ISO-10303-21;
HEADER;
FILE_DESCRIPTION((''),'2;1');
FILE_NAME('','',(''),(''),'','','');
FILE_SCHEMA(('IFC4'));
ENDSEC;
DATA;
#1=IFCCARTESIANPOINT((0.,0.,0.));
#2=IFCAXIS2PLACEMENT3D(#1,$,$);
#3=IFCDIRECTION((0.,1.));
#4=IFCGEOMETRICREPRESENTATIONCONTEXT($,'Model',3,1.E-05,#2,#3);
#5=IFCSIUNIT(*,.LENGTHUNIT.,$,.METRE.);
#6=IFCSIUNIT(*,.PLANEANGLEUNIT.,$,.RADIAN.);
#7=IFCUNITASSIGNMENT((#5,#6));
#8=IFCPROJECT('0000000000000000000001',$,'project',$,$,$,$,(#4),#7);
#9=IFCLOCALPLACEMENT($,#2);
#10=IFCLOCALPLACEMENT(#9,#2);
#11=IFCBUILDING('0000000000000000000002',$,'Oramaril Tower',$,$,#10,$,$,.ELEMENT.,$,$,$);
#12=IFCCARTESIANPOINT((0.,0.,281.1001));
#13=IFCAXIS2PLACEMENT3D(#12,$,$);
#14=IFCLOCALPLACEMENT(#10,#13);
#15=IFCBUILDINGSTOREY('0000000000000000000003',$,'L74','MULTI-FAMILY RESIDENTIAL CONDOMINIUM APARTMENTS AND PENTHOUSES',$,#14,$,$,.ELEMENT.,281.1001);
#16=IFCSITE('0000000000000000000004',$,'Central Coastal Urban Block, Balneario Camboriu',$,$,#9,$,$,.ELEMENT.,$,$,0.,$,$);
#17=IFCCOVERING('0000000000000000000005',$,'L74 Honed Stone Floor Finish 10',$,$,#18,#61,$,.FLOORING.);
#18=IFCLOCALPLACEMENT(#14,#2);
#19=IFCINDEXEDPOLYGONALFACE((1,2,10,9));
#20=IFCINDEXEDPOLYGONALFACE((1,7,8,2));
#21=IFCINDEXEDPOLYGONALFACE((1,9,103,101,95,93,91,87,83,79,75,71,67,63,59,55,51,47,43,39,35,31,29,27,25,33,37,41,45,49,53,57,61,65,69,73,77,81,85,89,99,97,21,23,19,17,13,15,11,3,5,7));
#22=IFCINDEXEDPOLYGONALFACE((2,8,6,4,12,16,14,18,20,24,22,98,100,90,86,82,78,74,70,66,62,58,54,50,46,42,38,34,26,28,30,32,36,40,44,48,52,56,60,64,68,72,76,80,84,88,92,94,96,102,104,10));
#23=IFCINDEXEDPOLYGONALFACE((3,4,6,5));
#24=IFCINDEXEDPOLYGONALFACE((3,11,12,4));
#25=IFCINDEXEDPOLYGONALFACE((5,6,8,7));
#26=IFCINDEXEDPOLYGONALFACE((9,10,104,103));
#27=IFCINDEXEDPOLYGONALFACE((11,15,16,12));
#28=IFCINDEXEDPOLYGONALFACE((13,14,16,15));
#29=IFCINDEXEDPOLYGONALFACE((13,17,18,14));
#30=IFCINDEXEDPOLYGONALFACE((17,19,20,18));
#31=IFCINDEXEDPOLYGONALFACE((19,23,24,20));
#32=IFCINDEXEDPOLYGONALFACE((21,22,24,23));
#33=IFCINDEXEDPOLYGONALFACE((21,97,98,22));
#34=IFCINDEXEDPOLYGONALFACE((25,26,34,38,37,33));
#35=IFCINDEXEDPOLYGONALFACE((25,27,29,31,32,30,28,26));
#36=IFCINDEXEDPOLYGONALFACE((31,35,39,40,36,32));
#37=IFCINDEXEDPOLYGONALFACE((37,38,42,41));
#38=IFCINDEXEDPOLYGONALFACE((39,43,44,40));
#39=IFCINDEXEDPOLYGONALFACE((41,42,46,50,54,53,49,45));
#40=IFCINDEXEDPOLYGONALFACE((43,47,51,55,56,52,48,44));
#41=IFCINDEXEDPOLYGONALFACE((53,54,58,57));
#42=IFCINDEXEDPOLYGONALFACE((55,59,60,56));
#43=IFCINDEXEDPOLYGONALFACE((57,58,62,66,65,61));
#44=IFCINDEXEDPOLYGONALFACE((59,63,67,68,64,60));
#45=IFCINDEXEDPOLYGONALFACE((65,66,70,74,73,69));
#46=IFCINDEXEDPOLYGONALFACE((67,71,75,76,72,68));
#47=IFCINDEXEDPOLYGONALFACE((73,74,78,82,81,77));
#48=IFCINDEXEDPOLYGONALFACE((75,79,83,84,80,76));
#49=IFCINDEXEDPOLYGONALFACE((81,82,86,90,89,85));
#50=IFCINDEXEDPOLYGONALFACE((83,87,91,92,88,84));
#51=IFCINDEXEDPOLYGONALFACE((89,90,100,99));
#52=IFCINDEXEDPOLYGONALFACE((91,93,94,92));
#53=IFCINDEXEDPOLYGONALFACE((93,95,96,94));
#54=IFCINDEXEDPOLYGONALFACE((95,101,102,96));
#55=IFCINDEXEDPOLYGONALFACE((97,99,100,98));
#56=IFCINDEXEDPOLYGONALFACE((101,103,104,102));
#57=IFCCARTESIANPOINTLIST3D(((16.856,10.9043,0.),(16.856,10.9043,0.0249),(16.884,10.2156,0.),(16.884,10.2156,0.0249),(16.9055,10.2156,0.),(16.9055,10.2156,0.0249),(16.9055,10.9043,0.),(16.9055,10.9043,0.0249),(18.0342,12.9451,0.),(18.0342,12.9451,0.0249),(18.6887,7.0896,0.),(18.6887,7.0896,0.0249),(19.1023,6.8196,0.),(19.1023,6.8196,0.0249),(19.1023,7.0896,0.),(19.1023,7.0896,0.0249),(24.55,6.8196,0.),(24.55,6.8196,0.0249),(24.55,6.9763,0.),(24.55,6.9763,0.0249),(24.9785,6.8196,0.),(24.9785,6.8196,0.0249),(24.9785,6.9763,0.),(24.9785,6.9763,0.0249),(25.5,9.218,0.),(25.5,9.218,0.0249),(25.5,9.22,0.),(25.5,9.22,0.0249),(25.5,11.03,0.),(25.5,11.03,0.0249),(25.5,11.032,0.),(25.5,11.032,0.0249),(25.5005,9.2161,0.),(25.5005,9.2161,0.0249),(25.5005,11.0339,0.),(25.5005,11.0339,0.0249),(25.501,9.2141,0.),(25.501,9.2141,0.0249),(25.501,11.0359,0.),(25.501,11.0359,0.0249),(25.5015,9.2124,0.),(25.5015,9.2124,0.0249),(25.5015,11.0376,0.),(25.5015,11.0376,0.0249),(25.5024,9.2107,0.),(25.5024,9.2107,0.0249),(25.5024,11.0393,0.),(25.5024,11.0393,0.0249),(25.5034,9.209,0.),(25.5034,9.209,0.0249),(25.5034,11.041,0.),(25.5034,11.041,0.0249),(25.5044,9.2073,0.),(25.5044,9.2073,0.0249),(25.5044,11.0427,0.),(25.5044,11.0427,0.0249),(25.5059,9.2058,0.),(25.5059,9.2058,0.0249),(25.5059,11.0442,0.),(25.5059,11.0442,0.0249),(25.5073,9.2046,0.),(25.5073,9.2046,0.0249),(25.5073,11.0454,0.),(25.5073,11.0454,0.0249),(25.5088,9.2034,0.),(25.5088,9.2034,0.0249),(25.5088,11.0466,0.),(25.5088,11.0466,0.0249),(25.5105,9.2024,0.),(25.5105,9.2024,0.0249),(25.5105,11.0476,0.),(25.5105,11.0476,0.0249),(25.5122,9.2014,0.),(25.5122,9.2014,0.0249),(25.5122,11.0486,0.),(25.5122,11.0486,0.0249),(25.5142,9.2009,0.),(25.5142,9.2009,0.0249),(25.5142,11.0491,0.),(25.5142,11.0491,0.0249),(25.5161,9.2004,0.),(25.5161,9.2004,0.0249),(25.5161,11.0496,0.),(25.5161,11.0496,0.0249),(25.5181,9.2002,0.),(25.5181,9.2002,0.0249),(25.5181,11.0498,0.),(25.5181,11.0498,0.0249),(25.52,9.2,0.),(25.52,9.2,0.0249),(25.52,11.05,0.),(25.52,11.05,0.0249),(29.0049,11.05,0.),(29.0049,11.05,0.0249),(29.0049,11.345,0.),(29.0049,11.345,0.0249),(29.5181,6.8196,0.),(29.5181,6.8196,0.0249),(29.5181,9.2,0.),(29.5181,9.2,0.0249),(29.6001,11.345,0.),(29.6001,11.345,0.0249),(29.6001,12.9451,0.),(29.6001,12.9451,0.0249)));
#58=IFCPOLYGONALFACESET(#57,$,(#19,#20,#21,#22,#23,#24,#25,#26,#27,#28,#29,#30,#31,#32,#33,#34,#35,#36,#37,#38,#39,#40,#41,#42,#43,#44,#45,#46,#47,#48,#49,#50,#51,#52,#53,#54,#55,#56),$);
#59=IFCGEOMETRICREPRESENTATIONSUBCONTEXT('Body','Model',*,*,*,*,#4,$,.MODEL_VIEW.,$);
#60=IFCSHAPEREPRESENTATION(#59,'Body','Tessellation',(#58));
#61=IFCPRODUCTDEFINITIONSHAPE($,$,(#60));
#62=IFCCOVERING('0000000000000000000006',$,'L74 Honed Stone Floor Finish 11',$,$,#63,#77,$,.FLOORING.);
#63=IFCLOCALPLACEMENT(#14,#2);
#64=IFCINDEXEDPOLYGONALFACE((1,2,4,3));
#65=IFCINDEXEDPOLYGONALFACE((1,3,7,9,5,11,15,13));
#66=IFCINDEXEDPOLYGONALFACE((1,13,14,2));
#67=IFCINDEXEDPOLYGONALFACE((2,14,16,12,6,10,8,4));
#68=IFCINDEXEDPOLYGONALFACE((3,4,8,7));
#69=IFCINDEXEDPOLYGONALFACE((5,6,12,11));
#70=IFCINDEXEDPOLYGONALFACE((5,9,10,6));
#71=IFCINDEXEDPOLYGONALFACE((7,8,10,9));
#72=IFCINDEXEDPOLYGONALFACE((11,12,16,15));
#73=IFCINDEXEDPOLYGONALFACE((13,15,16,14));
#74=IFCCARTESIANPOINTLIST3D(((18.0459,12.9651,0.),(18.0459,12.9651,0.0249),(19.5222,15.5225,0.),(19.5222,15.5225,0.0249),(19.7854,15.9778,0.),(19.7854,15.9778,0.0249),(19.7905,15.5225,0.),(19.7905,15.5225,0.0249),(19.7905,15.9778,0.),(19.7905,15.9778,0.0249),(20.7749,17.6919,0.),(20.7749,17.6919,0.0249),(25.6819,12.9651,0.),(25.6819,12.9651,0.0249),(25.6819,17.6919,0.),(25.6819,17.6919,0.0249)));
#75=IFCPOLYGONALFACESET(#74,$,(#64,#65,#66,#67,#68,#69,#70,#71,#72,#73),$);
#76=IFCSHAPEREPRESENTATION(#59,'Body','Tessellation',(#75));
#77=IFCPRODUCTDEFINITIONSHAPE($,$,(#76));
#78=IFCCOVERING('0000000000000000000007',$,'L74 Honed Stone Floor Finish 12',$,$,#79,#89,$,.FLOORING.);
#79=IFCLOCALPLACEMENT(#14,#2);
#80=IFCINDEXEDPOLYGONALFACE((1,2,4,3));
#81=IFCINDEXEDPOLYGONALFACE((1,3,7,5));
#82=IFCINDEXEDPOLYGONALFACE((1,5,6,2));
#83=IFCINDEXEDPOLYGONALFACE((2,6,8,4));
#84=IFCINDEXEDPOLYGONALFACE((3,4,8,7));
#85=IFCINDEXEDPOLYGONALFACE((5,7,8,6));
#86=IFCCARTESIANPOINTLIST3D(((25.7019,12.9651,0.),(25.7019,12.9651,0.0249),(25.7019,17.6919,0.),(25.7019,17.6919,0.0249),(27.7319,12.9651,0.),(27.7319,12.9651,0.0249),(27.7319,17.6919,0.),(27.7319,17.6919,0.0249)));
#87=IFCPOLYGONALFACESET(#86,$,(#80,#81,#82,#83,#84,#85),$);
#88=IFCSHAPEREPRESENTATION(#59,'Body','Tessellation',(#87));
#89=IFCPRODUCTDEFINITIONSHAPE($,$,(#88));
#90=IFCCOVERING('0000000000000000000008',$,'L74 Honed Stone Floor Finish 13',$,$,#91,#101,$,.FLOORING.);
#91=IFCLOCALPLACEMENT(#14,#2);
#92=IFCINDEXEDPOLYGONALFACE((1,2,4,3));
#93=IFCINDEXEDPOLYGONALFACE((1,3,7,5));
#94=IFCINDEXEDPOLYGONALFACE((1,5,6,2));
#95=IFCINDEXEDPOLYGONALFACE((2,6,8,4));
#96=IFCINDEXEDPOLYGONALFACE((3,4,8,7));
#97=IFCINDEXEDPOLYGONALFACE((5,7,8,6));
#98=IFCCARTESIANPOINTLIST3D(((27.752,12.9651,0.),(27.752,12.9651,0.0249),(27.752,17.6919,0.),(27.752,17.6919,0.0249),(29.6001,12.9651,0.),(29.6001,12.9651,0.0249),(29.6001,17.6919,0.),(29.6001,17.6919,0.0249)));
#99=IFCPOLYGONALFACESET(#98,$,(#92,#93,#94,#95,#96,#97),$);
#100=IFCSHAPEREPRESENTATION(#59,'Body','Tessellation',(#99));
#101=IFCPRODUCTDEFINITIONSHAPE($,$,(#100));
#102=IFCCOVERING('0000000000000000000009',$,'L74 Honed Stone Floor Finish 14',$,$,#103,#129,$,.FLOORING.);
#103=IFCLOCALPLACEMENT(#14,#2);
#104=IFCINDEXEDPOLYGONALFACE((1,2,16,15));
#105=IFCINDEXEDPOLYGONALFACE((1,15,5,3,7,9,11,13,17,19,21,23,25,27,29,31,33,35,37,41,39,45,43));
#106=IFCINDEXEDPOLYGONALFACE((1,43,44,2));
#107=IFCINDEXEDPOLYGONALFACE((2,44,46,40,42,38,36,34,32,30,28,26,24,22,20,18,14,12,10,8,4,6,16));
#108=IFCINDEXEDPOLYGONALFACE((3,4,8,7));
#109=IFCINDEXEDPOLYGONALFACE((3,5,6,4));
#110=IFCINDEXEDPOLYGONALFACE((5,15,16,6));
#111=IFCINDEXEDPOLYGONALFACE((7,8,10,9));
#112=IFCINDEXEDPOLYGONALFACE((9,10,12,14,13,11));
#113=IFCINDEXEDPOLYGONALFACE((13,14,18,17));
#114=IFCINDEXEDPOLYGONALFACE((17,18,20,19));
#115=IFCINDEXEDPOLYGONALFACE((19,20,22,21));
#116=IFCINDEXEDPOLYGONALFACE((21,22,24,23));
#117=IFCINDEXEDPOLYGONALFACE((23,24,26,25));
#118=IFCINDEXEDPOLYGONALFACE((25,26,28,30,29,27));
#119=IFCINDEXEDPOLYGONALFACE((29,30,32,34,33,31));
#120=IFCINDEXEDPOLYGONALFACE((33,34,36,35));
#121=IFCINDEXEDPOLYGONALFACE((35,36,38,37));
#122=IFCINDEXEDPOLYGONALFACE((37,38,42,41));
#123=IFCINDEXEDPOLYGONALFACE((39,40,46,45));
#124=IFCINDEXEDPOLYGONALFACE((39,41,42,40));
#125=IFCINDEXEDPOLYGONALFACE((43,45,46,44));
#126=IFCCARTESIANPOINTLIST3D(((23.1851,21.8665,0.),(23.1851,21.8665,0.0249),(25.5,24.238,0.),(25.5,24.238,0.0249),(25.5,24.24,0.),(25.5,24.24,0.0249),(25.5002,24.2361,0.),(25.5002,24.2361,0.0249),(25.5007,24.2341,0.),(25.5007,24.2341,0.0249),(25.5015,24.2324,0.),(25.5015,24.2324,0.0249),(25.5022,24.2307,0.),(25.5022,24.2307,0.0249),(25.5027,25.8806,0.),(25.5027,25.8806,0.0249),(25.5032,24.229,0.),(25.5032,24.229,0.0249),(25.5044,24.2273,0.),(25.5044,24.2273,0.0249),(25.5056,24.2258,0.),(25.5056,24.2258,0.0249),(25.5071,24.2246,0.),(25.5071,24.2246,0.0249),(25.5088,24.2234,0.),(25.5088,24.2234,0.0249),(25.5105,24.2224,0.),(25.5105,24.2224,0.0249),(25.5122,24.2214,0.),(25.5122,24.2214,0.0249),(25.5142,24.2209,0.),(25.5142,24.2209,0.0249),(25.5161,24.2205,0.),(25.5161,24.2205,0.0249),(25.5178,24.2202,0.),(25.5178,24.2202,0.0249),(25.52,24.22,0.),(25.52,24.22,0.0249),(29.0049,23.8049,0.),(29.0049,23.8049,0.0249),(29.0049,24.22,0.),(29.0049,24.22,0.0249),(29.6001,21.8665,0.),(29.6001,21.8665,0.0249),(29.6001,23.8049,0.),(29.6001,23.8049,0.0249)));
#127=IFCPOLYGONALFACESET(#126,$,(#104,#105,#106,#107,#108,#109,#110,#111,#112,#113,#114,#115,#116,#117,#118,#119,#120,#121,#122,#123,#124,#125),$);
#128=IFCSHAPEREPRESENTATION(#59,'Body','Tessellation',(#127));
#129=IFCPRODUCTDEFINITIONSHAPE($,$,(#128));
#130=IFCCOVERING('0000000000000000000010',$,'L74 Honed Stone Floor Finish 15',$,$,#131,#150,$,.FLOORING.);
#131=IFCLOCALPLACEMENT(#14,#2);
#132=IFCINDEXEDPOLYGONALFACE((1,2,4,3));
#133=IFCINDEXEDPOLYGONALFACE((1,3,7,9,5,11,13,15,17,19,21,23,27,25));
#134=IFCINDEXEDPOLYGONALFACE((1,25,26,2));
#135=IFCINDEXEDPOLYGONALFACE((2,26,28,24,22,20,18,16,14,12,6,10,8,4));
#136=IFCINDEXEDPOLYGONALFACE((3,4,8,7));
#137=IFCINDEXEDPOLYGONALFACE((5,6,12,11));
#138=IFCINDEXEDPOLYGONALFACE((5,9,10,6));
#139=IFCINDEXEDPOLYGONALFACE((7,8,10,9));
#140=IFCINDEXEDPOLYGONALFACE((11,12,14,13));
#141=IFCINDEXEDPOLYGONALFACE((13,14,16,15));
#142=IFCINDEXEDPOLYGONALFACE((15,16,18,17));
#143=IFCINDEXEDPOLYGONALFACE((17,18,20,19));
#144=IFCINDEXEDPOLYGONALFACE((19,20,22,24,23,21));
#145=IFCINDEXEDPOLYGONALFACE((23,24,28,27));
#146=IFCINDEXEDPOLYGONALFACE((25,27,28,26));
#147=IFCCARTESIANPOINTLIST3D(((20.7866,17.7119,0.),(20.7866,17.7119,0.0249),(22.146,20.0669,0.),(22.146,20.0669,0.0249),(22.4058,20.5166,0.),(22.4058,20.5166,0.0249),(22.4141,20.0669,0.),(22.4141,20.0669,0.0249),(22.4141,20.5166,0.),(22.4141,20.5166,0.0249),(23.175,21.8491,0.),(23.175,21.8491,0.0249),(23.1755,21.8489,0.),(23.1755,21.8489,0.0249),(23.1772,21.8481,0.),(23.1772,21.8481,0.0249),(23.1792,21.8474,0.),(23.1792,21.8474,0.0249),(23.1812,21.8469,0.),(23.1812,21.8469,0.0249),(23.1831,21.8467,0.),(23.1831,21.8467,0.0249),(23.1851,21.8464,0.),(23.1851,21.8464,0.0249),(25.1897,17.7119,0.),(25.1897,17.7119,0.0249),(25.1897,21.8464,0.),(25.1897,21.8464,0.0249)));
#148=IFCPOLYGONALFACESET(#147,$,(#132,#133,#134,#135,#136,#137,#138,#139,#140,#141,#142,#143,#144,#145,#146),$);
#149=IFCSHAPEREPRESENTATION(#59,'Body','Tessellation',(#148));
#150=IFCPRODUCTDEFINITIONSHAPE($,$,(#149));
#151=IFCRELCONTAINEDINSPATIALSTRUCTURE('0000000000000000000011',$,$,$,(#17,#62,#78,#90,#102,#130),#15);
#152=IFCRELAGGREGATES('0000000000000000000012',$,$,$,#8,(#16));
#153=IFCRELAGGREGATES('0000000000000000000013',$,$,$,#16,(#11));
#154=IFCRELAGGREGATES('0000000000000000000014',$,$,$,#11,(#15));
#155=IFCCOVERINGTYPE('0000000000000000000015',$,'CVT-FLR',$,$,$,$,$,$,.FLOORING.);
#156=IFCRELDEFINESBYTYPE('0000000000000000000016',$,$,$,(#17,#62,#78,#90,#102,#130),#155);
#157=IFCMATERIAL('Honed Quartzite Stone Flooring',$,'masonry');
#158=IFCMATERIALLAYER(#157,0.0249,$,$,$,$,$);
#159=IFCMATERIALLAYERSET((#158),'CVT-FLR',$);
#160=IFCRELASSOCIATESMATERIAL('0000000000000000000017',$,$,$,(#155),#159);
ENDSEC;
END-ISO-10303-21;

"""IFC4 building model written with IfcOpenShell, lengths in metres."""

from ifc_helpers import new_model, si_unit, direction, frame, origin, place, context, subcontext, project, spatial, polyline, outline, extrude, material, layer, layer_set, type_object, element, save


model = new_model("IFC4")

# Units and contexts
model_context = context("Model", 3, precision=1e-05, world=origin(), true_north=direction((0.0, 1.0)))
body_context = subcontext(model_context, "Body", "Model", "MODEL_VIEW")
ifc_project = project(units=[si_unit("LENGTHUNIT", "METRE"), si_unit("PLANEANGLEUNIT", "RADIAN")], contexts=[model_context])

# Site, building, storey
site_placement = place(None, origin())
site = spatial("IfcSite", under=ifc_project, at=site_placement, Name="Central Coastal Urban Block, Balneario Camboriu", CompositionType="ELEMENT", RefElevation=0.0)
building_placement = place(site_placement, origin())
building = spatial("IfcBuilding", under=site, at=building_placement, Name="Oramaril Tower", CompositionType="ELEMENT")
storey_placement = place(building_placement, frame((0.0, 0.0, 281.1001)))
storey = spatial("IfcBuildingStorey", under=building, at=storey_placement, Name="L74", Description="MULTI-FAMILY RESIDENTIAL CONDOMINIUM APARTMENTS AND PENTHOUSES", CompositionType="ELEMENT", Elevation=281.1001)

# Coverings
ifc_material_1 = material(Name="Honed Quartzite Stone Flooring", Category="masonry")
ifc_layer_1 = layer(ifc_material_1, 0.0249)
ifc_layer_set_1 = layer_set([ifc_layer_1], Name="CVT-FLR")
covering_type_1 = type_object("IfcCoveringType", Name="CVT-FLR", PredefinedType="FLOORING", material=ifc_layer_set_1)
covering_1_placement = place(storey_placement, origin())
element("IfcCovering", 1, at=covering_1_placement, inside=storey, type_object=covering_type_1, Name="L74 Honed Stone Floor Finish 10", PredefinedType="FLOORING", context=body_context, shape_type="SweptSolid", body=[
    extrude(outline(polyline([(29.6001, 12.9451), (29.6001, 11.345), (29.0049, 11.345), (29.0049, 11.05), (25.52, 11.05), (25.5181, 11.0498), (25.5161, 11.0496), (25.5142, 11.0491), (25.5122, 11.0486), (25.5105, 11.0476), (25.5088, 11.0466), (25.5073, 11.0454), (25.5059, 11.0442), (25.5044, 11.0427), (25.5034, 11.041), (25.5024, 11.0393), (25.5015, 11.0376), (25.501, 11.0359), (25.5005, 11.0339), (25.5, 11.032), (25.5, 11.03), (25.5, 9.22), (25.5, 9.218), (25.5005, 9.2161), (25.501, 9.2141), (25.5015, 9.2124), (25.5024, 9.2107), (25.5034, 9.209), (25.5044, 9.2073), (25.5059, 9.2058), (25.5073, 9.2046), (25.5088, 9.2034), (25.5105, 9.2024), (25.5122, 9.2014), (25.5142, 9.2009), (25.5161, 9.2004), (25.5181, 9.2002), (25.52, 9.2), (29.5181, 9.2), (29.5181, 6.8196), (24.9785, 6.8196), (24.9785, 6.9763), (24.55, 6.9763), (24.55, 6.8196), (19.1023, 6.8196), (19.1023, 7.0896), (18.6887, 7.0896), (16.884, 10.2156), (16.9055, 10.2156), (16.9055, 10.9043), (16.856, 10.9043), (18.0342, 12.9451), (29.6001, 12.9451)])), origin(), (0.0, 0.0, 1.0), 0.0249),
])
covering_2_placement = place(storey_placement, origin())
element("IfcCovering", 2, at=covering_2_placement, inside=storey, type_object=covering_type_1, Name="L74 Honed Stone Floor Finish 11", PredefinedType="FLOORING", context=body_context, shape_type="SweptSolid", body=[
    extrude(outline(polyline([(19.5222, 15.5225), (19.7905, 15.5225), (19.7905, 15.9778), (19.7854, 15.9778), (20.7749, 17.6919), (25.6819, 17.6919), (25.6819, 12.9651), (18.0459, 12.9651), (19.5222, 15.5225)])), origin(), (0.0, 0.0, 1.0), 0.0249),
])
covering_3_placement = place(storey_placement, origin())
element("IfcCovering", 3, at=covering_3_placement, inside=storey, type_object=covering_type_1, Name="L74 Honed Stone Floor Finish 12", PredefinedType="FLOORING", context=body_context, shape_type="SweptSolid", body=[
    extrude(outline(polyline([(27.7319, 17.6919), (27.7319, 12.9651), (25.7019, 12.9651), (25.7019, 17.6919), (27.7319, 17.6919)])), origin(), (0.0, 0.0, 1.0), 0.0249),
])
covering_4_placement = place(storey_placement, origin())
element("IfcCovering", 4, at=covering_4_placement, inside=storey, type_object=covering_type_1, Name="L74 Honed Stone Floor Finish 13", PredefinedType="FLOORING", context=body_context, shape_type="SweptSolid", body=[
    extrude(outline(polyline([(29.6001, 17.6919), (29.6001, 12.9651), (27.752, 12.9651), (27.752, 17.6919), (29.6001, 17.6919)])), origin(), (0.0, 0.0, 1.0), 0.0249),
])
covering_5_placement = place(storey_placement, origin())
element("IfcCovering", 5, at=covering_5_placement, inside=storey, type_object=covering_type_1, Name="L74 Honed Stone Floor Finish 14", PredefinedType="FLOORING", context=body_context, shape_type="SweptSolid", body=[
    extrude(outline(polyline([(29.0049, 23.8049), (29.6001, 23.8049), (29.6001, 21.8665), (23.1851, 21.8665), (25.5027, 25.8806), (25.5, 24.24), (25.5, 24.238), (25.5002, 24.2361), (25.5007, 24.2341), (25.5015, 24.2324), (25.5022, 24.2307), (25.5032, 24.229), (25.5044, 24.2273), (25.5056, 24.2258), (25.5071, 24.2246), (25.5088, 24.2234), (25.5105, 24.2224), (25.5122, 24.2214), (25.5142, 24.2209), (25.5161, 24.2205), (25.5178, 24.2202), (25.52, 24.22), (29.0049, 24.22), (29.0049, 23.8049)])), origin(), (0.0, 0.0, 1.0), 0.0249),
])
covering_6_placement = place(storey_placement, origin())
element("IfcCovering", 6, at=covering_6_placement, inside=storey, type_object=covering_type_1, Name="L74 Honed Stone Floor Finish 15", PredefinedType="FLOORING", context=body_context, shape_type="SweptSolid", body=[
    extrude(outline(polyline([(22.4141, 20.0669), (22.4141, 20.5166), (22.4058, 20.5166), (23.175, 21.8491), (23.1755, 21.8489), (23.1772, 21.8481), (23.1792, 21.8474), (23.1812, 21.8469), (23.1831, 21.8467), (23.1851, 21.8464), (25.1897, 21.8464), (25.1897, 17.7119), (20.7866, 17.7119), (22.146, 20.0669), (22.4141, 20.0669)])), origin(), (0.0, 0.0, 1.0), 0.0249),
])

save(model, "model.ifc")
